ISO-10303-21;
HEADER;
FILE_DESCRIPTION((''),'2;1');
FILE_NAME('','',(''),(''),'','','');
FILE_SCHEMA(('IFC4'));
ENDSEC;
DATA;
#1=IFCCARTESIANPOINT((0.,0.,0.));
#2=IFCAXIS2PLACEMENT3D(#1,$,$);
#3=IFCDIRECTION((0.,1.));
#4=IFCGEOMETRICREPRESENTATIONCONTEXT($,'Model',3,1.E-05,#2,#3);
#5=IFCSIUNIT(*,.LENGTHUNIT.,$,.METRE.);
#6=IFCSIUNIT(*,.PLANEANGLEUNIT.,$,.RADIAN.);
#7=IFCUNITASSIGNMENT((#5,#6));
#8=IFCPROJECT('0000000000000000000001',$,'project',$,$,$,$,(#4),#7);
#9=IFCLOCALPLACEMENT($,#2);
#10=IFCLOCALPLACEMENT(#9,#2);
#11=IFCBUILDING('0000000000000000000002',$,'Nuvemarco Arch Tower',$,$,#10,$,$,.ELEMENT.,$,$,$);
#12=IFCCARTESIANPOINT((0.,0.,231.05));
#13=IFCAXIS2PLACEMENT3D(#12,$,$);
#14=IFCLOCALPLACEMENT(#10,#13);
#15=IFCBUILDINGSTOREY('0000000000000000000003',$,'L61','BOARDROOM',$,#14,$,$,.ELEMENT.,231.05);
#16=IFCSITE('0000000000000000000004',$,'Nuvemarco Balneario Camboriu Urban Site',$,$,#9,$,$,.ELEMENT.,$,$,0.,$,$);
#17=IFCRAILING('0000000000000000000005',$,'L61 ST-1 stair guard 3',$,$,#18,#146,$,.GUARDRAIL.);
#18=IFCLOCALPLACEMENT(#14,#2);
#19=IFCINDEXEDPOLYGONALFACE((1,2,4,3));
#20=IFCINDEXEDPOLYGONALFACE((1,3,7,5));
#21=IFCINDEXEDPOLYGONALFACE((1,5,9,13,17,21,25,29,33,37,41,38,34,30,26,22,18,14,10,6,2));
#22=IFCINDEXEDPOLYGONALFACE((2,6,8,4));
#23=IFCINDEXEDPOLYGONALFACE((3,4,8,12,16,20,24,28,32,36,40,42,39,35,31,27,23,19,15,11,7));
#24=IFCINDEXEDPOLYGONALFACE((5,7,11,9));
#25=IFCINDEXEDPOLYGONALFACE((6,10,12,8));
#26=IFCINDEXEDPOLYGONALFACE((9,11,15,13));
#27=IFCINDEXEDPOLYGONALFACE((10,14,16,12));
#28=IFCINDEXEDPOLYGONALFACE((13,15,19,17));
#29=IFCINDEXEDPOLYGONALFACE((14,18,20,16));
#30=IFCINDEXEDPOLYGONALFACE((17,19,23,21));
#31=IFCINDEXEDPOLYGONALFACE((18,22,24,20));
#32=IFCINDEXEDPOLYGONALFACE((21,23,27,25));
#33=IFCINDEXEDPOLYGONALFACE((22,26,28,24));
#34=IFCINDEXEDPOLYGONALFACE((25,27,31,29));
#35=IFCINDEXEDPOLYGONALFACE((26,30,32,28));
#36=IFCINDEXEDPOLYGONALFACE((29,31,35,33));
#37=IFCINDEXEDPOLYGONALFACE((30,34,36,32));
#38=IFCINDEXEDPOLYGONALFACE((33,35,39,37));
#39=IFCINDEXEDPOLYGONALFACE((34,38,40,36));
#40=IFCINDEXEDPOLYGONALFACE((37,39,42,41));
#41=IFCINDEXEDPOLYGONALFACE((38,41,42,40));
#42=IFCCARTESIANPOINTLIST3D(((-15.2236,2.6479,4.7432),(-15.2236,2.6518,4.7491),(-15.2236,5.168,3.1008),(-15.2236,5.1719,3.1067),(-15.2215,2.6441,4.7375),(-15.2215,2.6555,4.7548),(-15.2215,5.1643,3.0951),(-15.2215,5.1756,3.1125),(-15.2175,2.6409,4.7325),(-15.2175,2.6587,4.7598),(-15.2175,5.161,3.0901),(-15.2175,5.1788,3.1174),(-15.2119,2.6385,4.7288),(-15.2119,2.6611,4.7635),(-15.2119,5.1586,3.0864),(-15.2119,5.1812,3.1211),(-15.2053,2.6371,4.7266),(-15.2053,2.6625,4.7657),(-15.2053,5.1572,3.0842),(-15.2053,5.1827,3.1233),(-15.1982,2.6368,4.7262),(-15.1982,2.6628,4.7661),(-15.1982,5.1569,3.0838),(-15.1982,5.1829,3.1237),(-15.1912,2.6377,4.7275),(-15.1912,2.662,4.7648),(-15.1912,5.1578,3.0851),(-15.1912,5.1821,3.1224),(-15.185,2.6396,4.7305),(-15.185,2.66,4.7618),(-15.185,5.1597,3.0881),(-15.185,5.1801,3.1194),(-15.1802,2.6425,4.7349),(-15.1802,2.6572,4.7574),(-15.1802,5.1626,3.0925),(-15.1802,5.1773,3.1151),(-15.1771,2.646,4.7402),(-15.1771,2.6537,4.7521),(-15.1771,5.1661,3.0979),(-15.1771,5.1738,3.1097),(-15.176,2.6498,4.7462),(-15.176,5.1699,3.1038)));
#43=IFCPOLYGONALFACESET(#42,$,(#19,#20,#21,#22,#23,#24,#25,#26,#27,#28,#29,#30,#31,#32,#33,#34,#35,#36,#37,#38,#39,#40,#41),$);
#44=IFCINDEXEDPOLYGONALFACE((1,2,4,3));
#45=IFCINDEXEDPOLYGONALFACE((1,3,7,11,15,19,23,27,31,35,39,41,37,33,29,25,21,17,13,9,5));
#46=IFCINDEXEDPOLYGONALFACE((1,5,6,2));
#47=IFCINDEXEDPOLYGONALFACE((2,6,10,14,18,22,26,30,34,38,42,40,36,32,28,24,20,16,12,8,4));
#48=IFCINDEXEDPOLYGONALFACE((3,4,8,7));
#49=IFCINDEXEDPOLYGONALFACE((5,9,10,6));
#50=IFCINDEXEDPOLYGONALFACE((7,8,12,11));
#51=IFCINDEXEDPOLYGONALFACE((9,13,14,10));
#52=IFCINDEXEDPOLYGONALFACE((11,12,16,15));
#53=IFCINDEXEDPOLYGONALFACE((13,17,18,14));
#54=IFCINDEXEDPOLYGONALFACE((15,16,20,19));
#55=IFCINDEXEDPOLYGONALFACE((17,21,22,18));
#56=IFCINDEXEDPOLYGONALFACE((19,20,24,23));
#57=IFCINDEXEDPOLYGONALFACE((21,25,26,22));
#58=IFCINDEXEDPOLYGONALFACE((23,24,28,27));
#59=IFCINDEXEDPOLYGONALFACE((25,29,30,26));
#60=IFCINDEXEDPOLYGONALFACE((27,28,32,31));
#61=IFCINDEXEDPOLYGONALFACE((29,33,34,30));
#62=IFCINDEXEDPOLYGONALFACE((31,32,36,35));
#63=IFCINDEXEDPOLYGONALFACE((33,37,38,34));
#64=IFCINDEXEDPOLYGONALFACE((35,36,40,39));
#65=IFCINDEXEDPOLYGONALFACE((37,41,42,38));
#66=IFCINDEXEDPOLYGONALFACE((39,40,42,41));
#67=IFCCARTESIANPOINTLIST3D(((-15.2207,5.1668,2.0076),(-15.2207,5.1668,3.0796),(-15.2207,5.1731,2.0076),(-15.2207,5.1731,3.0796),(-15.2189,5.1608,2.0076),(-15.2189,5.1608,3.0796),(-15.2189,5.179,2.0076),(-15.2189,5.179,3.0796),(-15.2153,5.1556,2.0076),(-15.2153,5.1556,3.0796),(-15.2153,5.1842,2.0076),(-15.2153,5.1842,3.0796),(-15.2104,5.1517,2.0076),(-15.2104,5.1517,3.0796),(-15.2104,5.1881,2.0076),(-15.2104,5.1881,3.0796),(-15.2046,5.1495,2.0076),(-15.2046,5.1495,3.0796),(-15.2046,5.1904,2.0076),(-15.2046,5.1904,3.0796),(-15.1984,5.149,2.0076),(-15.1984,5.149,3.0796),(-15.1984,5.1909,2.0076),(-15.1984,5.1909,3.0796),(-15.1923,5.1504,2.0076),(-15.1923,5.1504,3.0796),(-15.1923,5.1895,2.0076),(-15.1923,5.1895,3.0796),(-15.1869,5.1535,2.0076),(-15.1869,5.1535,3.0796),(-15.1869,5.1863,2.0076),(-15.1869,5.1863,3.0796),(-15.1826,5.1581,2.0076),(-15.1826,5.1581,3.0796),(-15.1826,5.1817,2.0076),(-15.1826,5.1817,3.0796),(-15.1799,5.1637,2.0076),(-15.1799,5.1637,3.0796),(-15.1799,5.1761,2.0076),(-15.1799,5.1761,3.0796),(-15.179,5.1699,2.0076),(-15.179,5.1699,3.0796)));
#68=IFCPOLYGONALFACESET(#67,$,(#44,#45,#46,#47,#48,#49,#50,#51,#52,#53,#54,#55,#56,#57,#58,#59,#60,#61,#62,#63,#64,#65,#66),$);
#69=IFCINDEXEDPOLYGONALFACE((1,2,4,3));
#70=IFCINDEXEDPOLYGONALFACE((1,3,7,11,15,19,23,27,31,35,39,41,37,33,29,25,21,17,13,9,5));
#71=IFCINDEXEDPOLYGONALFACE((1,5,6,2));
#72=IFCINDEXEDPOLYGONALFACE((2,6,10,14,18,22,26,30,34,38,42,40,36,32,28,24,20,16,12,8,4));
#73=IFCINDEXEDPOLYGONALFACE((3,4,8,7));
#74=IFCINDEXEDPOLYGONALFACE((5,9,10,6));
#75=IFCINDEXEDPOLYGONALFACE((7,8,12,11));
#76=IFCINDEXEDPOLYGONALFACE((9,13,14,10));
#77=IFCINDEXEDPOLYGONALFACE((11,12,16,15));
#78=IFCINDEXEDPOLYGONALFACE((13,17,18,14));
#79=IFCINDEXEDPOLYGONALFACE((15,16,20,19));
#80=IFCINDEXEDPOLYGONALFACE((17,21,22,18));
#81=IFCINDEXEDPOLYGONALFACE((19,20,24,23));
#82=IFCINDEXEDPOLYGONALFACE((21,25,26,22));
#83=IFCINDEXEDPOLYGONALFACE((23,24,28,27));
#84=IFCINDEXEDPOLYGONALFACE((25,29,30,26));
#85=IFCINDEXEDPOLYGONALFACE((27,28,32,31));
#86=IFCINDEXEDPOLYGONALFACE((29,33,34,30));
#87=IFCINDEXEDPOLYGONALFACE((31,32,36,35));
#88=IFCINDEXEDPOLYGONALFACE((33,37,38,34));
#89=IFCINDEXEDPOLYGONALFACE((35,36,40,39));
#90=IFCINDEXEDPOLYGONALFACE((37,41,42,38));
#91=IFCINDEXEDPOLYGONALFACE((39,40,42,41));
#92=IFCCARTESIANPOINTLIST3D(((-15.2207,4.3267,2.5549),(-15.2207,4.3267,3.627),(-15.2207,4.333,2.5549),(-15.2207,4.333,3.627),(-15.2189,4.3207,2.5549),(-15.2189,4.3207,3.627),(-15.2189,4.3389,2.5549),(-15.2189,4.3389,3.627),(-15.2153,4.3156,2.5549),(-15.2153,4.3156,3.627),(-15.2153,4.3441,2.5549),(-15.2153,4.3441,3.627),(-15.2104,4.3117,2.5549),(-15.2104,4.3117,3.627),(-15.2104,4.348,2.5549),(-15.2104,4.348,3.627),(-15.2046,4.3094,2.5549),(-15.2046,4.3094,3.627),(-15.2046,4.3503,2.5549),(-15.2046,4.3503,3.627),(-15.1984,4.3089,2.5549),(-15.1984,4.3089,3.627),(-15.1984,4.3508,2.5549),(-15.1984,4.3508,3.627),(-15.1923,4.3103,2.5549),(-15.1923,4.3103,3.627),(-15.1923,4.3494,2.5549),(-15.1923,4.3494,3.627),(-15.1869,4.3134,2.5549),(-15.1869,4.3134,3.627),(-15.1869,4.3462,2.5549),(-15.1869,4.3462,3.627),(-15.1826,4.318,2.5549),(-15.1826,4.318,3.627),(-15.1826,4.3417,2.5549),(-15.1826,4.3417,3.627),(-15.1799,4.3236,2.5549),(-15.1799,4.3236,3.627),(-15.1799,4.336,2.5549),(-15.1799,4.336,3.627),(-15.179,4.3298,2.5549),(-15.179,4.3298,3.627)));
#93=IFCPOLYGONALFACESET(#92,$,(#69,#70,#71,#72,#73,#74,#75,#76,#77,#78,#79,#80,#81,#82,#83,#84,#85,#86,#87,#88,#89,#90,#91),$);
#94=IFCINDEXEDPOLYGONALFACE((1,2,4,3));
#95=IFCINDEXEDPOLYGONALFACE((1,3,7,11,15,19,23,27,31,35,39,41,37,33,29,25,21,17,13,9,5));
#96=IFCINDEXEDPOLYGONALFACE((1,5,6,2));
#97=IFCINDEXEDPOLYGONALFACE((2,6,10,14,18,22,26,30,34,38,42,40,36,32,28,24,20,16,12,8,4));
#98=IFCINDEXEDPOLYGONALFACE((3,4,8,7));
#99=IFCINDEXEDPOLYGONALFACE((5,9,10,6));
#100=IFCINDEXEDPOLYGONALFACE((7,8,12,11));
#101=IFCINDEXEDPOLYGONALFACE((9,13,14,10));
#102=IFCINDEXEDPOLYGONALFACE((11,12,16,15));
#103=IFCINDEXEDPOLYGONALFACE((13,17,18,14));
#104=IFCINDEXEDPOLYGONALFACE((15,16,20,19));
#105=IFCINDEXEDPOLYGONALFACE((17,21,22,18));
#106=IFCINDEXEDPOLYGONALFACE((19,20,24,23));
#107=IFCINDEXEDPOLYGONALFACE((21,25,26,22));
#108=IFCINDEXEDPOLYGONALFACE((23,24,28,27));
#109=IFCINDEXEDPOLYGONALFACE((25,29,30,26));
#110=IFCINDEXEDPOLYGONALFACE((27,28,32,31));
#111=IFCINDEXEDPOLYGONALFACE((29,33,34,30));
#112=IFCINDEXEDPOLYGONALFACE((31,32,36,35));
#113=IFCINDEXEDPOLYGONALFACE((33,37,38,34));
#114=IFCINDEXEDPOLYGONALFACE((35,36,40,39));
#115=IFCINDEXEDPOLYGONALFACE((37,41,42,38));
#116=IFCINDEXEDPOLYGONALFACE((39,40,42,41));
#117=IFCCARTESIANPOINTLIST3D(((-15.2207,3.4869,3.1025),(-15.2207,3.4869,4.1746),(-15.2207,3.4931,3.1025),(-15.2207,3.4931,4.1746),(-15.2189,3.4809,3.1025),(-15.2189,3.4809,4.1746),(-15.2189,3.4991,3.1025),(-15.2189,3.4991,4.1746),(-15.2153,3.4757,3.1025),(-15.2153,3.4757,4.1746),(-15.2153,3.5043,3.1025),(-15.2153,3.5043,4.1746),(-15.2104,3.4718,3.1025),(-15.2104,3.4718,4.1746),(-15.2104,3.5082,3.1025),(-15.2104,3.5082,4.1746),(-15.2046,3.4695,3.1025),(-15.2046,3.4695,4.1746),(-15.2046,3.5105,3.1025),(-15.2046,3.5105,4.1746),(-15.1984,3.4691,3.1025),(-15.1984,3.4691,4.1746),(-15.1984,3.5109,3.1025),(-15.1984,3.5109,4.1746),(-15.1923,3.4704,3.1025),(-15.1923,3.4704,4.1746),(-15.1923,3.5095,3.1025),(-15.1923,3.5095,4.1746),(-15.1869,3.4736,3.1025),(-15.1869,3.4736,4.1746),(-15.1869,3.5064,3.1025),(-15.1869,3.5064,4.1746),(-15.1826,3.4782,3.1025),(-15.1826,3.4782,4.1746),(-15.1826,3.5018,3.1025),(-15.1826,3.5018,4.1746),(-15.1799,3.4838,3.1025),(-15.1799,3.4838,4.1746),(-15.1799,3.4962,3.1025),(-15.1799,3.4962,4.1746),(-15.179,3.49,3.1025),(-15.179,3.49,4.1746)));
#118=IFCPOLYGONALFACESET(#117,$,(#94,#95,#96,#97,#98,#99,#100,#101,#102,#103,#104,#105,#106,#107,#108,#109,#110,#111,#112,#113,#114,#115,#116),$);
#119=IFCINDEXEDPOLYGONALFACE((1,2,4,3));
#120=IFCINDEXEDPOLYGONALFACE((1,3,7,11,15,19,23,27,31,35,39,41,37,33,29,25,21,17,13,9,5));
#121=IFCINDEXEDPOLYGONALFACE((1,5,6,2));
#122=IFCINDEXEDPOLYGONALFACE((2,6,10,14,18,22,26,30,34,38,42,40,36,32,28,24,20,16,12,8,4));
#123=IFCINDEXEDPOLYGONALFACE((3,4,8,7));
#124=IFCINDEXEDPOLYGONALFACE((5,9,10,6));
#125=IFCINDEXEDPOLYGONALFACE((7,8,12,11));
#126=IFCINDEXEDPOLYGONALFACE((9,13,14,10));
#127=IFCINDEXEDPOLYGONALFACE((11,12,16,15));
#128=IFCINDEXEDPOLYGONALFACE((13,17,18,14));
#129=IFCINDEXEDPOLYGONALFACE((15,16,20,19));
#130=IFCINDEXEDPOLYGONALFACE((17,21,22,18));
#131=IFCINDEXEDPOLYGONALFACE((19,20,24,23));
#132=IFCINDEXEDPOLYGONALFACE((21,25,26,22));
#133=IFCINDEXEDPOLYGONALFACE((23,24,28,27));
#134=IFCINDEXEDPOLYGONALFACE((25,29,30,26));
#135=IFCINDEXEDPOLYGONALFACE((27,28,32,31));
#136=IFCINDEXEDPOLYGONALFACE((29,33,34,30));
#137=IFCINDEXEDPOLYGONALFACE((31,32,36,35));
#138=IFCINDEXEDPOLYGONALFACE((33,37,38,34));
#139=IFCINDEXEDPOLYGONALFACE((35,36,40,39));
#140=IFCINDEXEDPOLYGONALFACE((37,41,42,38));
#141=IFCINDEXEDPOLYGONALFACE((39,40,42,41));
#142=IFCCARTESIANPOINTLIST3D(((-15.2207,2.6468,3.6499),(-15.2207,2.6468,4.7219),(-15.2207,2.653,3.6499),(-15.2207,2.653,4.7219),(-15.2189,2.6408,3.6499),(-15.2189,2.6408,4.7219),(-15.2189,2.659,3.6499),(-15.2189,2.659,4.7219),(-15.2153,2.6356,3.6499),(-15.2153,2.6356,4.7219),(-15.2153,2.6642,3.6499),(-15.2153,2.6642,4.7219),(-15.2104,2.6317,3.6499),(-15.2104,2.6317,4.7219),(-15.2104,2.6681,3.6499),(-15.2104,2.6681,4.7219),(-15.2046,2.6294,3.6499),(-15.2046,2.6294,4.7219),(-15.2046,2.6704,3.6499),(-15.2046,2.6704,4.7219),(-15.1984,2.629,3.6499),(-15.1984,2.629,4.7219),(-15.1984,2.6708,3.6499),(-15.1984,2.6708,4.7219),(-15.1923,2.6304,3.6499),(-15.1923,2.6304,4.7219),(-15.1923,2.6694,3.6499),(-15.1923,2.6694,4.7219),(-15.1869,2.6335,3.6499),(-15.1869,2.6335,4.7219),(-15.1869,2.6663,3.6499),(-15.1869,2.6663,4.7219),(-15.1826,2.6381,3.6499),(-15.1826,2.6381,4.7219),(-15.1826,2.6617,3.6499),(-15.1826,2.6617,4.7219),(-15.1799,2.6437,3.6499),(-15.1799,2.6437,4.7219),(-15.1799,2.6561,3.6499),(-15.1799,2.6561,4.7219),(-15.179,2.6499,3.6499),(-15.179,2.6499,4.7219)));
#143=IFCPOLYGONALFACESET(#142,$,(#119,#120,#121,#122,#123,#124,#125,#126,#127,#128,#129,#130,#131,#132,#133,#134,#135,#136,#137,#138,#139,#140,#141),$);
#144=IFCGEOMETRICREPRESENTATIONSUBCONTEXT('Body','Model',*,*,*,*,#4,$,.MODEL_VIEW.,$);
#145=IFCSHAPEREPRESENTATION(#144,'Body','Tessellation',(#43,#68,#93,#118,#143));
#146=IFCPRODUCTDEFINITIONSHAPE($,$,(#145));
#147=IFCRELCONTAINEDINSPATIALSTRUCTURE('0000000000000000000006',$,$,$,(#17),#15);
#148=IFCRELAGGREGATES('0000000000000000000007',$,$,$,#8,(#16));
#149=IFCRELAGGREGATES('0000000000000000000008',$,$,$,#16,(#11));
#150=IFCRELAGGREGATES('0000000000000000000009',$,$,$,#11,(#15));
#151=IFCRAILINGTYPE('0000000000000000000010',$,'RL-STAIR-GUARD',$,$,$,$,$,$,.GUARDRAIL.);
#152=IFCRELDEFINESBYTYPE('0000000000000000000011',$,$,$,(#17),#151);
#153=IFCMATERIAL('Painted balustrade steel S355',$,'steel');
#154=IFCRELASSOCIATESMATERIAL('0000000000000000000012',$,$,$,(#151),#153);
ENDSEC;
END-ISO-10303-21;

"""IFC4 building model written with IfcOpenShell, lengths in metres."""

from ifc_helpers import new_model, si_unit, direction, frame, origin, origin_2d, place, context, subcontext, project, spatial, circle, extrude, material, type_object, element, save


model = new_model("IFC4")

# Units and contexts
model_context = context("Model", 3, precision=1e-05, world=origin(), true_north=direction((0.0, 1.0)))
body_context = subcontext(model_context, "Body", "Model", "MODEL_VIEW")
ifc_project = project(units=[si_unit("LENGTHUNIT", "METRE"), si_unit("PLANEANGLEUNIT", "RADIAN")], contexts=[model_context])

# Site, building, storey
site_placement = place(None, origin())
site = spatial("IfcSite", under=ifc_project, at=site_placement, Name="Nuvemarco Balneario Camboriu Urban Site", CompositionType="ELEMENT", RefElevation=0.0)
building_placement = place(site_placement, origin())
building = spatial("IfcBuilding", under=site, at=building_placement, Name="Nuvemarco Arch Tower", CompositionType="ELEMENT")
storey_placement = place(building_placement, frame((0.0, 0.0, 231.05)))
storey = spatial("IfcBuildingStorey", under=building, at=storey_placement, Name="L61", Description="BOARDROOM", CompositionType="ELEMENT", Elevation=231.05)

# Railing
ifc_material_1 = material(Name="Painted balustrade steel S355", Category="steel")
railing_type_1 = type_object("IfcRailingType", Name="RL-STAIR-GUARD", PredefinedType="GUARDRAIL", material=ifc_material_1)
railing_1_placement = place(storey_placement, frame((-15.2, 5.1699, 2.0076)))
element("IfcRailing", 1, at=railing_1_placement, inside=storey, type_object=railing_type_1, Name="L61 ST-1 stair guard 3", PredefinedType="GUARDRAIL", context=body_context, shape_type="SweptSolid", body=[
    extrude(circle(Radius=0.0239, at=origin_2d()), frame((0.0, 0.0, 1.0962), z_axis=(0.0, -0.837787, 0.545998), x_axis=(1.0, 0.0, 0.0)), (0.0, 0.0, 1.0), 3.0081),
    extrude(circle(Radius=0.021, at=origin_2d()), origin(), (0.0, 0.0, 1.0), 1.072),
    extrude(circle(Radius=0.021, at=origin_2d()), frame((0.0, -0.8401, 0.5474)), (0.0, 0.0, 1.0), 1.072),
    extrude(circle(Radius=0.021, at=origin_2d()), frame((0.0, -1.6799, 1.095)), (0.0, 0.0, 1.0), 1.072),
    extrude(circle(Radius=0.021, at=origin_2d()), frame((0.0, -2.52, 1.6423)), (0.0, 0.0, 1.0), 1.072),
])

save(model, "model.ifc")
